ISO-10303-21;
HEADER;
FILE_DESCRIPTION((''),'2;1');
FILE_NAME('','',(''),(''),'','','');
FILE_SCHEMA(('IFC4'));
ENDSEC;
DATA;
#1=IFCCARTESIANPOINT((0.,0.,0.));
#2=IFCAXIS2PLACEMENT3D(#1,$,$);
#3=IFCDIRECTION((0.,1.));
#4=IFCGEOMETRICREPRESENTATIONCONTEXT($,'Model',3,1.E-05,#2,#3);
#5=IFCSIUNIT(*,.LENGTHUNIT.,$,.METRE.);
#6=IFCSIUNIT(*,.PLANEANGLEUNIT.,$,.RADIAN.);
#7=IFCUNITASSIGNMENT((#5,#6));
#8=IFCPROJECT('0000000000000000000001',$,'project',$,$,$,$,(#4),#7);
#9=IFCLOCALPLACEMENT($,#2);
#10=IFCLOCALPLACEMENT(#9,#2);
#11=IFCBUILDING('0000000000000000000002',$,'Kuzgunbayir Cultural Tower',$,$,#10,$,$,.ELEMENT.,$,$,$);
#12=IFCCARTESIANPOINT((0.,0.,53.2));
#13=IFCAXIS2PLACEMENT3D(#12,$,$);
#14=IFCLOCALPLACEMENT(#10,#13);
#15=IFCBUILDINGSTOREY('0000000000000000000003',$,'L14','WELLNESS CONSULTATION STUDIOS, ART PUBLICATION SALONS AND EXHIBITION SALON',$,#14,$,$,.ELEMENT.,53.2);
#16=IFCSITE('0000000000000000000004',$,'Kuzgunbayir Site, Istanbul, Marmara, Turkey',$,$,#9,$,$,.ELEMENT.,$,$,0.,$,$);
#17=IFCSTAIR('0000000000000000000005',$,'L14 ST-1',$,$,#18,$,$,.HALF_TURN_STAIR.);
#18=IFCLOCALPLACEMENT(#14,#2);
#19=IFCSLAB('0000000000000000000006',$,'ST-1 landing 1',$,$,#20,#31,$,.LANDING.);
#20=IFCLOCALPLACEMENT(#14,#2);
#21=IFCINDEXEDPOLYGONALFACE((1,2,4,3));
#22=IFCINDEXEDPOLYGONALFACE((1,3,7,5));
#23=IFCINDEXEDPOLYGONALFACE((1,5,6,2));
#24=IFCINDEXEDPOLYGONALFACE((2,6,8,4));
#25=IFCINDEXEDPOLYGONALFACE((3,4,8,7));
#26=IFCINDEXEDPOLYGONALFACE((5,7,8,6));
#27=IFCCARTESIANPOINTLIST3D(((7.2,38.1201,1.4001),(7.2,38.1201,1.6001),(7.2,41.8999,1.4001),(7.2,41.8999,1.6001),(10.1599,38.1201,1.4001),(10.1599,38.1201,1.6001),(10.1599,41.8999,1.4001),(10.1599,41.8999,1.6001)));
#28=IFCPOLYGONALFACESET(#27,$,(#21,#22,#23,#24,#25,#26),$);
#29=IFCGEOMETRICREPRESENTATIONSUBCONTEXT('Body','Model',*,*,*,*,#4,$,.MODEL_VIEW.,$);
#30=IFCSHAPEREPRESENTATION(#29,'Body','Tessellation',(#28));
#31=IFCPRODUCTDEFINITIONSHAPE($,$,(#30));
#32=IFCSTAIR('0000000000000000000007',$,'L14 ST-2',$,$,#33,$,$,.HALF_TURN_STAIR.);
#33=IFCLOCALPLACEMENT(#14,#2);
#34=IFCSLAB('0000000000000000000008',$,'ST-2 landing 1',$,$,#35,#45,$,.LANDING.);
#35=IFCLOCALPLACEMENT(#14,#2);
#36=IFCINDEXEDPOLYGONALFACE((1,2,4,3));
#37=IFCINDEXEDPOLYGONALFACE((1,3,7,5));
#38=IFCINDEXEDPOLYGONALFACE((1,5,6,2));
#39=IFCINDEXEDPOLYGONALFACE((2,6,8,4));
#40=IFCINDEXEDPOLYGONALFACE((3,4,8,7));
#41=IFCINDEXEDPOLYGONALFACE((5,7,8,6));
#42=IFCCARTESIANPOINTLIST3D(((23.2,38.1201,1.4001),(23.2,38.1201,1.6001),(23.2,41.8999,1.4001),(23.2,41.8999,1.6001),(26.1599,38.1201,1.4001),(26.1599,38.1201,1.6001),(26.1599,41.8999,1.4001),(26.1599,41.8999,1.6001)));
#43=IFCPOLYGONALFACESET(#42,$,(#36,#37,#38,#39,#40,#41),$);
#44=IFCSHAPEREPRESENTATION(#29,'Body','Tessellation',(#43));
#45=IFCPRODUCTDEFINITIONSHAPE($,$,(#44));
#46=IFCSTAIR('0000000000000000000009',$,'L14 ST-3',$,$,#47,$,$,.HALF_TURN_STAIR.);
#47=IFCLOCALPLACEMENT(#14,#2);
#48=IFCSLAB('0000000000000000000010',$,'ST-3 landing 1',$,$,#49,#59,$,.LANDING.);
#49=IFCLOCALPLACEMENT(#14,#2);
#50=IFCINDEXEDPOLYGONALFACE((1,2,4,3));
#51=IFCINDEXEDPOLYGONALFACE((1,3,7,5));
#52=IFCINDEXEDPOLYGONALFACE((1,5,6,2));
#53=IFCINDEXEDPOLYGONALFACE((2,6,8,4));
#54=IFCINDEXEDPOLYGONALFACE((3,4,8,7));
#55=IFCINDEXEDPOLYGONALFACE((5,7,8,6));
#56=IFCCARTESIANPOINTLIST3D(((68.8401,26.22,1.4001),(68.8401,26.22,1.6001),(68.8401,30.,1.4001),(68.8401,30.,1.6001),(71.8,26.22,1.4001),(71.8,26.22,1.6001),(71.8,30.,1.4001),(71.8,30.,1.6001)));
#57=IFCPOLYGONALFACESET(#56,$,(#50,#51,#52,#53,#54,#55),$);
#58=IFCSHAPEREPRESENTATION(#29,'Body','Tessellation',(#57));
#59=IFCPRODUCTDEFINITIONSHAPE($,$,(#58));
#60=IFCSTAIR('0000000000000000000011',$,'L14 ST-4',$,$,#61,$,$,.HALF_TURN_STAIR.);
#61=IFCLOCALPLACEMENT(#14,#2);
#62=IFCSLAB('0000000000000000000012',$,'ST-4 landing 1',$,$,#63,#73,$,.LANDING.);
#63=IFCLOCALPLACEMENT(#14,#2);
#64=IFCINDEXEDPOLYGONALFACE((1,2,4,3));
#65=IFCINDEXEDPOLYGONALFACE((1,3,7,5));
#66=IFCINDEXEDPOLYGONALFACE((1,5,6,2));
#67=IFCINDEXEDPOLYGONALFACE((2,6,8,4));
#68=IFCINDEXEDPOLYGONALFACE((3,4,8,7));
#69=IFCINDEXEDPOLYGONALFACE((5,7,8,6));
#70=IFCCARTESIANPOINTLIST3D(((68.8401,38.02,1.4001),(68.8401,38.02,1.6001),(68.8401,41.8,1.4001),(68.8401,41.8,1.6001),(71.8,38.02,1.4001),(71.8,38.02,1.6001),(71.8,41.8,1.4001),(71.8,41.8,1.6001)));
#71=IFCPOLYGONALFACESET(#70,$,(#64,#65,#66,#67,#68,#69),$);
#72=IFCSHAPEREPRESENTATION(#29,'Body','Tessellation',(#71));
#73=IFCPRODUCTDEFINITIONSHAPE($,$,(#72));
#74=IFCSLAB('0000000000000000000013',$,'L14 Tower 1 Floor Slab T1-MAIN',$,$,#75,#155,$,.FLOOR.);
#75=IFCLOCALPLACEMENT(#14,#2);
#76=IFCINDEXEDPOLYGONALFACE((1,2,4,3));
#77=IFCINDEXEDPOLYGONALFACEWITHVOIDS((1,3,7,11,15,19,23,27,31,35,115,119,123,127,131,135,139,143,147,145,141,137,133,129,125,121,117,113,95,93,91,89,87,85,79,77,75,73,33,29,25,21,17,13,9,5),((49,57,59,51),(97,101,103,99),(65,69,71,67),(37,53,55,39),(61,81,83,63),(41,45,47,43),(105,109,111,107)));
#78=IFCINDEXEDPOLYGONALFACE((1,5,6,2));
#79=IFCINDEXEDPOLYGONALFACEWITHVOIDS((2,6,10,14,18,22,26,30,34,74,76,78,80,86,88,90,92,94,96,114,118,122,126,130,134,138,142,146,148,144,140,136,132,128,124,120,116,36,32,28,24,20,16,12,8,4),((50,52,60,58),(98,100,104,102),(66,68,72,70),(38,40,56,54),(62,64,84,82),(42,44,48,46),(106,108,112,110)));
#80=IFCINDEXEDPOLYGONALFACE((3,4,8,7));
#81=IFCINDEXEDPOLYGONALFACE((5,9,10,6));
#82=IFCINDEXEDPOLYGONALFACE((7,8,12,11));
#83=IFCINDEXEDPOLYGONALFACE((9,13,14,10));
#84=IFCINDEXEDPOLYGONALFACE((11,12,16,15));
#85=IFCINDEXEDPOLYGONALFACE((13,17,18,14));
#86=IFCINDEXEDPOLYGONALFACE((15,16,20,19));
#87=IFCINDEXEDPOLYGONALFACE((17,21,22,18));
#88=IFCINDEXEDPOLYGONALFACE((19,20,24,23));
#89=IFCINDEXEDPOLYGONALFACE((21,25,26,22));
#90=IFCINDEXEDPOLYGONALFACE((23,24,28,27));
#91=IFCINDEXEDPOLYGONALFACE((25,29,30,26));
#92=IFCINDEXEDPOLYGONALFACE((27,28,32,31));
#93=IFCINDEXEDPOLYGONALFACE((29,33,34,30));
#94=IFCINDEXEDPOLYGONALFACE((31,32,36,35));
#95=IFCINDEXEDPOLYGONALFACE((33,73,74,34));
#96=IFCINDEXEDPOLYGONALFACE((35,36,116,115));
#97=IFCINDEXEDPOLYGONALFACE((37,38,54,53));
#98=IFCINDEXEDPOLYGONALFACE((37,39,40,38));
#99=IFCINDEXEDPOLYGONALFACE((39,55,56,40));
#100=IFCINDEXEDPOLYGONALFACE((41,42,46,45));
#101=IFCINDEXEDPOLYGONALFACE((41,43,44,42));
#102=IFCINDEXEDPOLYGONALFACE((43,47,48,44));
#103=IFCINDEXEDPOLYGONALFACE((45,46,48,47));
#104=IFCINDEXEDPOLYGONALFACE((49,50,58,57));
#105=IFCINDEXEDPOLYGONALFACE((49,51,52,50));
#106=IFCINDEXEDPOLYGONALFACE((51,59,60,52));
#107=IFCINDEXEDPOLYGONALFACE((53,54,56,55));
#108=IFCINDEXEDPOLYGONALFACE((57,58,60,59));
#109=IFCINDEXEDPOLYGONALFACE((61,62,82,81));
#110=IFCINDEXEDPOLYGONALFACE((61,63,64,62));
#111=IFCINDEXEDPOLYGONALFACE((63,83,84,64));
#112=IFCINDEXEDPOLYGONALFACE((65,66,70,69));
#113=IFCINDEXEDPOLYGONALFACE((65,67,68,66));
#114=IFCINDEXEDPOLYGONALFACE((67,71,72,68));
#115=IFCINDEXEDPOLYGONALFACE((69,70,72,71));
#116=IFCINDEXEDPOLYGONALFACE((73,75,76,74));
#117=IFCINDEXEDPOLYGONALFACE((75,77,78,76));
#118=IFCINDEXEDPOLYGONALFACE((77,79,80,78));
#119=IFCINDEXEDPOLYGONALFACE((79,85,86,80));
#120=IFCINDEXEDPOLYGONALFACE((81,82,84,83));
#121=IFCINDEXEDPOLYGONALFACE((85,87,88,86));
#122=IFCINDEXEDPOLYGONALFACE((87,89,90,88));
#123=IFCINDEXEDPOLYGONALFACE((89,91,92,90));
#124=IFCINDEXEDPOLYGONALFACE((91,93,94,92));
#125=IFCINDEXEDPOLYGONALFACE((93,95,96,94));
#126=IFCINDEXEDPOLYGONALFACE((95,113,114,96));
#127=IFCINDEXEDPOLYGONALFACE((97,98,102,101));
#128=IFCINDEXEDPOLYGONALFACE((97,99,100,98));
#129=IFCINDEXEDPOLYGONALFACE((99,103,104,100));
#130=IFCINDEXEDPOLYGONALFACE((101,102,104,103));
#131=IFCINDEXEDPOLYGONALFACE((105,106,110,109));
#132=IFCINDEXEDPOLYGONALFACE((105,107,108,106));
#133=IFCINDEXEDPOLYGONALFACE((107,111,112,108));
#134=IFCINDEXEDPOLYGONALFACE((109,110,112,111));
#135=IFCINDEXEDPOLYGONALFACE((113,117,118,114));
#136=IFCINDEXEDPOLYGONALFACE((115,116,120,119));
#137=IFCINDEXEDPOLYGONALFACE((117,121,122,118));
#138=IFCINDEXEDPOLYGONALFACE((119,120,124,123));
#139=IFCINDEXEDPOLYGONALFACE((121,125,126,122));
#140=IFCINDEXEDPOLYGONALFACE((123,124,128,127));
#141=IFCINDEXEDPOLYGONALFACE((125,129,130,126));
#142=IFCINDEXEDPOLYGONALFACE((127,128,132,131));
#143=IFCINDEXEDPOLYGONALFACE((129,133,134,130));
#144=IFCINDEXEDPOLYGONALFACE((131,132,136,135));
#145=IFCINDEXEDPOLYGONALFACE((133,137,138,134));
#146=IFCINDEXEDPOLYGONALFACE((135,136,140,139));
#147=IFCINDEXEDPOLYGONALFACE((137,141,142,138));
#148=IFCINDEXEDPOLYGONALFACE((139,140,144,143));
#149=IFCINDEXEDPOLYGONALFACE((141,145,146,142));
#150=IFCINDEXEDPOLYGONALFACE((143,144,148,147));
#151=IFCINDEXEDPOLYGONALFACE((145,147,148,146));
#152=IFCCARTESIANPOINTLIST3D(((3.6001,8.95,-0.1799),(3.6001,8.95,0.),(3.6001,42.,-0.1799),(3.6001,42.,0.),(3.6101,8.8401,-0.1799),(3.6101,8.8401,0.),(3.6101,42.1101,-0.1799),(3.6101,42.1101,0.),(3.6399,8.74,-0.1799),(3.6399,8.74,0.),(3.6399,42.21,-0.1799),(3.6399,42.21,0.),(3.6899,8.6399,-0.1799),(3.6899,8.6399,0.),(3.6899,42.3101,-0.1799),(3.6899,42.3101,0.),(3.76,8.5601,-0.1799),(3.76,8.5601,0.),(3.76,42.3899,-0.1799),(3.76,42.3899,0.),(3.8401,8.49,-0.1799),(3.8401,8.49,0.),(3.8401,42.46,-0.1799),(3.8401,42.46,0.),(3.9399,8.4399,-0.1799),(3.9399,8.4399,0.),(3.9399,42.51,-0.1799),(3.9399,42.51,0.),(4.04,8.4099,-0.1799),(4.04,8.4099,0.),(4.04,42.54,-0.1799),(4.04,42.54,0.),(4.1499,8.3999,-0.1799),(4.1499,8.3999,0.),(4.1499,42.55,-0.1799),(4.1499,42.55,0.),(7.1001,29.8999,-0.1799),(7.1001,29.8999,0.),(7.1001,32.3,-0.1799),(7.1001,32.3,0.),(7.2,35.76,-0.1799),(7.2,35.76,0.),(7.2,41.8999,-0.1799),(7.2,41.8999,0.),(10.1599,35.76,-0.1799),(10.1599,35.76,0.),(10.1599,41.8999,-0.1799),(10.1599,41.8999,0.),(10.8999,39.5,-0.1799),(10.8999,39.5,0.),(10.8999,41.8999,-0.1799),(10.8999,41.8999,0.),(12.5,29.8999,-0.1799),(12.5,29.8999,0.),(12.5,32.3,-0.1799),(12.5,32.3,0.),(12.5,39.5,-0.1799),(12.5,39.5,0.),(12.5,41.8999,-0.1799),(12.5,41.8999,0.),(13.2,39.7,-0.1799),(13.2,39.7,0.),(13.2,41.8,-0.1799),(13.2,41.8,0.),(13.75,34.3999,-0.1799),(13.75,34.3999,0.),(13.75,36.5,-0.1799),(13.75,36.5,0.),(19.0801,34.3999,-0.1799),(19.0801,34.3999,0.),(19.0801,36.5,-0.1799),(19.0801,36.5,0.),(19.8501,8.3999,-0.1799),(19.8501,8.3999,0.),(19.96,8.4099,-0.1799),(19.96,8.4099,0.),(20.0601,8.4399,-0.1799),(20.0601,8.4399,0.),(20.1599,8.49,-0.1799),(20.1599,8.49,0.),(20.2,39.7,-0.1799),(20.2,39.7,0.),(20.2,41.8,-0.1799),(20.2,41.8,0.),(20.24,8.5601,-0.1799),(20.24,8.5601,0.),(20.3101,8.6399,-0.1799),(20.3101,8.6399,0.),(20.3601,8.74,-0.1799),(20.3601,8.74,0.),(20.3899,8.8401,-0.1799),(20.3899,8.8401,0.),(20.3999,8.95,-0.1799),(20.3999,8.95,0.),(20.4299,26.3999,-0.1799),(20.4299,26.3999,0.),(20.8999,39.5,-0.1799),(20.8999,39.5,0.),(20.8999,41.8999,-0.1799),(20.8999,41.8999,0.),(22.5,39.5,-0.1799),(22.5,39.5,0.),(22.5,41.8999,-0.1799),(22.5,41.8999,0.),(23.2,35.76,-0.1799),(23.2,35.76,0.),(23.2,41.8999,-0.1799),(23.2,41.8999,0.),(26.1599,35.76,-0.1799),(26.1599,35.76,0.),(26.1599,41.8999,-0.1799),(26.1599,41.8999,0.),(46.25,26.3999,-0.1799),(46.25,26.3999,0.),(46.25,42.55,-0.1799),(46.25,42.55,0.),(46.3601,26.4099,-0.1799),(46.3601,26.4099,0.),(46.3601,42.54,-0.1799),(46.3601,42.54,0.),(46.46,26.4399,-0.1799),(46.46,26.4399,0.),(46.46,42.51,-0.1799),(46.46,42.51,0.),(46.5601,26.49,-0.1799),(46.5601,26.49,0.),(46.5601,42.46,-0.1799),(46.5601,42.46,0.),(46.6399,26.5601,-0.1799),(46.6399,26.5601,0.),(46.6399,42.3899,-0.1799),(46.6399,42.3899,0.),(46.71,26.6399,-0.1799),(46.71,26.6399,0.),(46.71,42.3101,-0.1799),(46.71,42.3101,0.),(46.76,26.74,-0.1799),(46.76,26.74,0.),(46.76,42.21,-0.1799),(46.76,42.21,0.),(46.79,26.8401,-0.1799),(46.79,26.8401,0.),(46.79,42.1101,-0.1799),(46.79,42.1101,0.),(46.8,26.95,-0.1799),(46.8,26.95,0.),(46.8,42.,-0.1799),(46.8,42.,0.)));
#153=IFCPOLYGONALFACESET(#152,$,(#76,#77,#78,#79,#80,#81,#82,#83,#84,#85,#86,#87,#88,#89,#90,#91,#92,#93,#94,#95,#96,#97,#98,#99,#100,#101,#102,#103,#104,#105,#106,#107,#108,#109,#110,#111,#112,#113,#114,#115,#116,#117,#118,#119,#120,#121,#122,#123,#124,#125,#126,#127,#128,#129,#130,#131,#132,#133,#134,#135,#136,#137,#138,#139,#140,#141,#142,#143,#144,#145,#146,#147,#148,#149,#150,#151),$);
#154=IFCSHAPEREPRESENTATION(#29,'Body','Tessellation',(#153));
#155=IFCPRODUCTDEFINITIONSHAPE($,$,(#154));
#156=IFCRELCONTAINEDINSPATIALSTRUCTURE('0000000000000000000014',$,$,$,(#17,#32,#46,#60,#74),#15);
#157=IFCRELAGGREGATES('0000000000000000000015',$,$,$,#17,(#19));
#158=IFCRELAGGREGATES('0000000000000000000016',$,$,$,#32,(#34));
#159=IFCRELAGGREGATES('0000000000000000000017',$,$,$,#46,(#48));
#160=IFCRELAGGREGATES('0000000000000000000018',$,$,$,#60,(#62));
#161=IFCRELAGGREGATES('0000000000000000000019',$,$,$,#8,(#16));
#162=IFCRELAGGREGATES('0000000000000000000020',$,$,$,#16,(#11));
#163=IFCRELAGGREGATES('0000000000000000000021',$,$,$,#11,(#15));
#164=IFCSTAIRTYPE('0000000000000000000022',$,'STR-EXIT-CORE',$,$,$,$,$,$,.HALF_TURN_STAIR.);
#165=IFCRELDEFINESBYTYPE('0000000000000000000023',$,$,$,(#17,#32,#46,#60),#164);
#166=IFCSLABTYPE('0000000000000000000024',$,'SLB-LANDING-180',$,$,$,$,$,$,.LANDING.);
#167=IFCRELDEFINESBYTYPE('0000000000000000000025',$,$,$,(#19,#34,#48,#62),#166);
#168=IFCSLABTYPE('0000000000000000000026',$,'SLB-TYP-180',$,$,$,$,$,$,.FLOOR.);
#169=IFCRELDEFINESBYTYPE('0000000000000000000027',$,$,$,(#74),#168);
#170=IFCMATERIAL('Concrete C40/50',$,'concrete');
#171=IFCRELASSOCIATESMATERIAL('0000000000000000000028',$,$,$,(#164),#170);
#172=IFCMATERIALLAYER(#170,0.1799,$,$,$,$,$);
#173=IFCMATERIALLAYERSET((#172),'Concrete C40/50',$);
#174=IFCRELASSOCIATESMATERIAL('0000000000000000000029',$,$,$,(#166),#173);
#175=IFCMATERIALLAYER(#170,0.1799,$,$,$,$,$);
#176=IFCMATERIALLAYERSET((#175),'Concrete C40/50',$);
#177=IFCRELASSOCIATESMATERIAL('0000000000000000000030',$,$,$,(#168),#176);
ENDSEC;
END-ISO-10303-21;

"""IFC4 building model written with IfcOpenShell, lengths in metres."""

from ifc_helpers import new_model, si_unit, direction, frame, origin, place, context, subcontext, project, spatial, polyline, outline, extrude, material, layer, layer_set, type_object, element, aggregate, save


model = new_model("IFC4")

# Units and contexts
model_context = context("Model", 3, precision=1e-05, world=origin(), true_north=direction((0.0, 1.0)))
body_context = subcontext(model_context, "Body", "Model", "MODEL_VIEW")
ifc_project = project(units=[si_unit("LENGTHUNIT", "METRE"), si_unit("PLANEANGLEUNIT", "RADIAN")], contexts=[model_context])

# Site, building, storey
site_placement = place(None, origin())
site = spatial("IfcSite", under=ifc_project, at=site_placement, Name="Kuzgunbayir Site, Istanbul, Marmara, Turkey", CompositionType="ELEMENT", RefElevation=0.0)
building_placement = place(site_placement, origin())
building = spatial("IfcBuilding", under=site, at=building_placement, Name="Kuzgunbayir Cultural Tower", CompositionType="ELEMENT")
storey_placement = place(building_placement, frame((0.0, 0.0, 53.2)))
storey = spatial("IfcBuildingStorey", under=building, at=storey_placement, Name="L14", Description="WELLNESS CONSULTATION STUDIOS, ART PUBLICATION SALONS AND EXHIBITION SALON", CompositionType="ELEMENT", Elevation=53.2)

# Shared definitions
ifc_material_1 = material(Name="Concrete C40/50", Category="concrete")

# Stairs, slabs
stair_type = type_object("IfcStairType", Name="STR-EXIT-CORE", PredefinedType="HALF_TURN_STAIR", material=ifc_material_1)
stair_1_placement = place(storey_placement, origin())
stair_1 = element("IfcStair", 1, at=stair_1_placement, inside=storey, type_object=stair_type, Name="L14 ST-1", PredefinedType="HALF_TURN_STAIR")
ifc_layer_1 = layer(ifc_material_1, 0.1799)
ifc_layer_set_1 = layer_set([ifc_layer_1], Name="Concrete C40/50")
slab_type_1 = type_object("IfcSlabType", Name="SLB-LANDING-180", PredefinedType="LANDING", material=ifc_layer_set_1)
slab_1_placement = place(storey_placement, frame((0.0, 0.0, 1.4001)))
slab_1 = element("IfcSlab", 2, at=slab_1_placement, type_object=slab_type_1, Name="ST-1 landing 1", PredefinedType="LANDING", context=body_context, shape_type="SweptSolid", body=[
    extrude(outline(polyline([(10.1599, 38.1201), (10.1599, 41.8999), (7.2, 41.8999), (7.2, 38.1201), (10.1599, 38.1201)])), origin(), (0.0, 0.0, 1.0), 0.2),
])
aggregate(stair_1, [slab_1])
stair_2_placement = place(storey_placement, origin())
stair_2 = element("IfcStair", 3, at=stair_2_placement, inside=storey, type_object=stair_type, Name="L14 ST-2", PredefinedType="HALF_TURN_STAIR")
slab_2_placement = place(storey_placement, frame((0.0, 0.0, 1.4001)))
slab_2 = element("IfcSlab", 4, at=slab_2_placement, type_object=slab_type_1, Name="ST-2 landing 1", PredefinedType="LANDING", context=body_context, shape_type="SweptSolid", body=[
    extrude(outline(polyline([(26.1599, 38.1201), (26.1599, 41.8999), (23.2, 41.8999), (23.2, 38.1201), (26.1599, 38.1201)])), origin(), (0.0, 0.0, 1.0), 0.2),
])
aggregate(stair_2, [slab_2])
stair_3_placement = place(storey_placement, origin())
stair_3 = element("IfcStair", 5, at=stair_3_placement, inside=storey, type_object=stair_type, Name="L14 ST-3", PredefinedType="HALF_TURN_STAIR")
slab_3_placement = place(storey_placement, frame((0.0, 0.0, 1.4001)))
slab_3 = element("IfcSlab", 6, at=slab_3_placement, type_object=slab_type_1, Name="ST-3 landing 1", PredefinedType="LANDING", context=body_context, shape_type="SweptSolid", body=[
    extrude(outline(polyline([(71.8, 26.22), (71.8, 30.0), (68.8401, 30.0), (68.8401, 26.22), (71.8, 26.22)])), origin(), (0.0, 0.0, 1.0), 0.2),
])
aggregate(stair_3, [slab_3])
stair_4_placement = place(storey_placement, origin())
stair_4 = element("IfcStair", 7, at=stair_4_placement, inside=storey, type_object=stair_type, Name="L14 ST-4", PredefinedType="HALF_TURN_STAIR")
slab_4_placement = place(storey_placement, frame((0.0, 0.0, 1.4001)))
slab_4 = element("IfcSlab", 8, at=slab_4_placement, type_object=slab_type_1, Name="ST-4 landing 1", PredefinedType="LANDING", context=body_context, shape_type="SweptSolid", body=[
    extrude(outline(polyline([(71.8, 38.02), (71.8, 41.8), (68.8401, 41.8), (68.8401, 38.02), (71.8, 38.02)])), origin(), (0.0, 0.0, 1.0), 0.2),
])
aggregate(stair_4, [slab_4])

# Slab
ifc_layer_2 = layer(ifc_material_1, 0.1799)
ifc_layer_set_2 = layer_set([ifc_layer_2], Name="Concrete C40/50")
slab_type_2 = type_object("IfcSlabType", Name="SLB-TYP-180", PredefinedType="FLOOR", material=ifc_layer_set_2)
slab_5_placement = place(storey_placement, frame((0.0, 0.0, -0.1799)))
element("IfcSlab", 9, at=slab_5_placement, inside=storey, type_object=slab_type_2, Name="L14 Tower 1 Floor Slab T1-MAIN", PredefinedType="FLOOR", context=body_context, shape_type="SweptSolid", body=[
    extrude(outline(polyline([(20.3999, 8.95), (20.3899, 8.8401), (20.3601, 8.74), (20.3101, 8.6399), (20.24, 8.5601), (20.1599, 8.49), (20.0601, 8.4399), (19.96, 8.4099), (19.8501, 8.3999), (4.1499, 8.3999), (4.04, 8.4099), (3.9399, 8.4399), (3.8401, 8.49), (3.76, 8.5601), (3.6899, 8.6399), (3.6399, 8.74), (3.6101, 8.8401), (3.6001, 8.95), (3.6001, 42.0), (3.6101, 42.1101), (3.6399, 42.21), (3.6899, 42.3101), (3.76, 42.3899), (3.8401, 42.46), (3.9399, 42.51), (4.04, 42.54), (4.1499, 42.55), (46.25, 42.55), (46.3601, 42.54), (46.46, 42.51), (46.5601, 42.46), (46.6399, 42.3899), (46.71, 42.3101), (46.76, 42.21), (46.79, 42.1101), (46.8, 42.0), (46.8, 26.95), (46.79, 26.8401), (46.76, 26.74), (46.71, 26.6399), (46.6399, 26.5601), (46.5601, 26.49), (46.46, 26.4399), (46.3601, 26.4099), (46.25, 26.3999), (20.4299, 26.3999), (20.3999, 8.95)]), holes=[polyline([(7.2, 35.76), (7.2, 41.8999), (10.1599, 41.8999), (10.1599, 35.76), (7.2, 35.76)]), polyline([(23.2, 35.76), (23.2, 41.8999), (26.1599, 41.8999), (26.1599, 35.76), (23.2, 35.76)]), polyline([(13.2, 39.7), (13.2, 41.8), (20.2, 41.8), (20.2, 39.7), (13.2, 39.7)]), polyline([(13.75, 34.3999), (13.75, 36.5), (19.0801, 36.5), (19.0801, 34.3999), (13.75, 34.3999)]), polyline([(7.1001, 29.8999), (7.1001, 32.3), (12.5, 32.3), (12.5, 29.8999), (7.1001, 29.8999)]), polyline([(10.8999, 39.5), (10.8999, 41.8999), (12.5, 41.8999), (12.5, 39.5), (10.8999, 39.5)]), polyline([(20.8999, 39.5), (20.8999, 41.8999), (22.5, 41.8999), (22.5, 39.5), (20.8999, 39.5)])]), origin(), (0.0, 0.0, 1.0), 0.1799),
])

save(model, "model.ifc")
